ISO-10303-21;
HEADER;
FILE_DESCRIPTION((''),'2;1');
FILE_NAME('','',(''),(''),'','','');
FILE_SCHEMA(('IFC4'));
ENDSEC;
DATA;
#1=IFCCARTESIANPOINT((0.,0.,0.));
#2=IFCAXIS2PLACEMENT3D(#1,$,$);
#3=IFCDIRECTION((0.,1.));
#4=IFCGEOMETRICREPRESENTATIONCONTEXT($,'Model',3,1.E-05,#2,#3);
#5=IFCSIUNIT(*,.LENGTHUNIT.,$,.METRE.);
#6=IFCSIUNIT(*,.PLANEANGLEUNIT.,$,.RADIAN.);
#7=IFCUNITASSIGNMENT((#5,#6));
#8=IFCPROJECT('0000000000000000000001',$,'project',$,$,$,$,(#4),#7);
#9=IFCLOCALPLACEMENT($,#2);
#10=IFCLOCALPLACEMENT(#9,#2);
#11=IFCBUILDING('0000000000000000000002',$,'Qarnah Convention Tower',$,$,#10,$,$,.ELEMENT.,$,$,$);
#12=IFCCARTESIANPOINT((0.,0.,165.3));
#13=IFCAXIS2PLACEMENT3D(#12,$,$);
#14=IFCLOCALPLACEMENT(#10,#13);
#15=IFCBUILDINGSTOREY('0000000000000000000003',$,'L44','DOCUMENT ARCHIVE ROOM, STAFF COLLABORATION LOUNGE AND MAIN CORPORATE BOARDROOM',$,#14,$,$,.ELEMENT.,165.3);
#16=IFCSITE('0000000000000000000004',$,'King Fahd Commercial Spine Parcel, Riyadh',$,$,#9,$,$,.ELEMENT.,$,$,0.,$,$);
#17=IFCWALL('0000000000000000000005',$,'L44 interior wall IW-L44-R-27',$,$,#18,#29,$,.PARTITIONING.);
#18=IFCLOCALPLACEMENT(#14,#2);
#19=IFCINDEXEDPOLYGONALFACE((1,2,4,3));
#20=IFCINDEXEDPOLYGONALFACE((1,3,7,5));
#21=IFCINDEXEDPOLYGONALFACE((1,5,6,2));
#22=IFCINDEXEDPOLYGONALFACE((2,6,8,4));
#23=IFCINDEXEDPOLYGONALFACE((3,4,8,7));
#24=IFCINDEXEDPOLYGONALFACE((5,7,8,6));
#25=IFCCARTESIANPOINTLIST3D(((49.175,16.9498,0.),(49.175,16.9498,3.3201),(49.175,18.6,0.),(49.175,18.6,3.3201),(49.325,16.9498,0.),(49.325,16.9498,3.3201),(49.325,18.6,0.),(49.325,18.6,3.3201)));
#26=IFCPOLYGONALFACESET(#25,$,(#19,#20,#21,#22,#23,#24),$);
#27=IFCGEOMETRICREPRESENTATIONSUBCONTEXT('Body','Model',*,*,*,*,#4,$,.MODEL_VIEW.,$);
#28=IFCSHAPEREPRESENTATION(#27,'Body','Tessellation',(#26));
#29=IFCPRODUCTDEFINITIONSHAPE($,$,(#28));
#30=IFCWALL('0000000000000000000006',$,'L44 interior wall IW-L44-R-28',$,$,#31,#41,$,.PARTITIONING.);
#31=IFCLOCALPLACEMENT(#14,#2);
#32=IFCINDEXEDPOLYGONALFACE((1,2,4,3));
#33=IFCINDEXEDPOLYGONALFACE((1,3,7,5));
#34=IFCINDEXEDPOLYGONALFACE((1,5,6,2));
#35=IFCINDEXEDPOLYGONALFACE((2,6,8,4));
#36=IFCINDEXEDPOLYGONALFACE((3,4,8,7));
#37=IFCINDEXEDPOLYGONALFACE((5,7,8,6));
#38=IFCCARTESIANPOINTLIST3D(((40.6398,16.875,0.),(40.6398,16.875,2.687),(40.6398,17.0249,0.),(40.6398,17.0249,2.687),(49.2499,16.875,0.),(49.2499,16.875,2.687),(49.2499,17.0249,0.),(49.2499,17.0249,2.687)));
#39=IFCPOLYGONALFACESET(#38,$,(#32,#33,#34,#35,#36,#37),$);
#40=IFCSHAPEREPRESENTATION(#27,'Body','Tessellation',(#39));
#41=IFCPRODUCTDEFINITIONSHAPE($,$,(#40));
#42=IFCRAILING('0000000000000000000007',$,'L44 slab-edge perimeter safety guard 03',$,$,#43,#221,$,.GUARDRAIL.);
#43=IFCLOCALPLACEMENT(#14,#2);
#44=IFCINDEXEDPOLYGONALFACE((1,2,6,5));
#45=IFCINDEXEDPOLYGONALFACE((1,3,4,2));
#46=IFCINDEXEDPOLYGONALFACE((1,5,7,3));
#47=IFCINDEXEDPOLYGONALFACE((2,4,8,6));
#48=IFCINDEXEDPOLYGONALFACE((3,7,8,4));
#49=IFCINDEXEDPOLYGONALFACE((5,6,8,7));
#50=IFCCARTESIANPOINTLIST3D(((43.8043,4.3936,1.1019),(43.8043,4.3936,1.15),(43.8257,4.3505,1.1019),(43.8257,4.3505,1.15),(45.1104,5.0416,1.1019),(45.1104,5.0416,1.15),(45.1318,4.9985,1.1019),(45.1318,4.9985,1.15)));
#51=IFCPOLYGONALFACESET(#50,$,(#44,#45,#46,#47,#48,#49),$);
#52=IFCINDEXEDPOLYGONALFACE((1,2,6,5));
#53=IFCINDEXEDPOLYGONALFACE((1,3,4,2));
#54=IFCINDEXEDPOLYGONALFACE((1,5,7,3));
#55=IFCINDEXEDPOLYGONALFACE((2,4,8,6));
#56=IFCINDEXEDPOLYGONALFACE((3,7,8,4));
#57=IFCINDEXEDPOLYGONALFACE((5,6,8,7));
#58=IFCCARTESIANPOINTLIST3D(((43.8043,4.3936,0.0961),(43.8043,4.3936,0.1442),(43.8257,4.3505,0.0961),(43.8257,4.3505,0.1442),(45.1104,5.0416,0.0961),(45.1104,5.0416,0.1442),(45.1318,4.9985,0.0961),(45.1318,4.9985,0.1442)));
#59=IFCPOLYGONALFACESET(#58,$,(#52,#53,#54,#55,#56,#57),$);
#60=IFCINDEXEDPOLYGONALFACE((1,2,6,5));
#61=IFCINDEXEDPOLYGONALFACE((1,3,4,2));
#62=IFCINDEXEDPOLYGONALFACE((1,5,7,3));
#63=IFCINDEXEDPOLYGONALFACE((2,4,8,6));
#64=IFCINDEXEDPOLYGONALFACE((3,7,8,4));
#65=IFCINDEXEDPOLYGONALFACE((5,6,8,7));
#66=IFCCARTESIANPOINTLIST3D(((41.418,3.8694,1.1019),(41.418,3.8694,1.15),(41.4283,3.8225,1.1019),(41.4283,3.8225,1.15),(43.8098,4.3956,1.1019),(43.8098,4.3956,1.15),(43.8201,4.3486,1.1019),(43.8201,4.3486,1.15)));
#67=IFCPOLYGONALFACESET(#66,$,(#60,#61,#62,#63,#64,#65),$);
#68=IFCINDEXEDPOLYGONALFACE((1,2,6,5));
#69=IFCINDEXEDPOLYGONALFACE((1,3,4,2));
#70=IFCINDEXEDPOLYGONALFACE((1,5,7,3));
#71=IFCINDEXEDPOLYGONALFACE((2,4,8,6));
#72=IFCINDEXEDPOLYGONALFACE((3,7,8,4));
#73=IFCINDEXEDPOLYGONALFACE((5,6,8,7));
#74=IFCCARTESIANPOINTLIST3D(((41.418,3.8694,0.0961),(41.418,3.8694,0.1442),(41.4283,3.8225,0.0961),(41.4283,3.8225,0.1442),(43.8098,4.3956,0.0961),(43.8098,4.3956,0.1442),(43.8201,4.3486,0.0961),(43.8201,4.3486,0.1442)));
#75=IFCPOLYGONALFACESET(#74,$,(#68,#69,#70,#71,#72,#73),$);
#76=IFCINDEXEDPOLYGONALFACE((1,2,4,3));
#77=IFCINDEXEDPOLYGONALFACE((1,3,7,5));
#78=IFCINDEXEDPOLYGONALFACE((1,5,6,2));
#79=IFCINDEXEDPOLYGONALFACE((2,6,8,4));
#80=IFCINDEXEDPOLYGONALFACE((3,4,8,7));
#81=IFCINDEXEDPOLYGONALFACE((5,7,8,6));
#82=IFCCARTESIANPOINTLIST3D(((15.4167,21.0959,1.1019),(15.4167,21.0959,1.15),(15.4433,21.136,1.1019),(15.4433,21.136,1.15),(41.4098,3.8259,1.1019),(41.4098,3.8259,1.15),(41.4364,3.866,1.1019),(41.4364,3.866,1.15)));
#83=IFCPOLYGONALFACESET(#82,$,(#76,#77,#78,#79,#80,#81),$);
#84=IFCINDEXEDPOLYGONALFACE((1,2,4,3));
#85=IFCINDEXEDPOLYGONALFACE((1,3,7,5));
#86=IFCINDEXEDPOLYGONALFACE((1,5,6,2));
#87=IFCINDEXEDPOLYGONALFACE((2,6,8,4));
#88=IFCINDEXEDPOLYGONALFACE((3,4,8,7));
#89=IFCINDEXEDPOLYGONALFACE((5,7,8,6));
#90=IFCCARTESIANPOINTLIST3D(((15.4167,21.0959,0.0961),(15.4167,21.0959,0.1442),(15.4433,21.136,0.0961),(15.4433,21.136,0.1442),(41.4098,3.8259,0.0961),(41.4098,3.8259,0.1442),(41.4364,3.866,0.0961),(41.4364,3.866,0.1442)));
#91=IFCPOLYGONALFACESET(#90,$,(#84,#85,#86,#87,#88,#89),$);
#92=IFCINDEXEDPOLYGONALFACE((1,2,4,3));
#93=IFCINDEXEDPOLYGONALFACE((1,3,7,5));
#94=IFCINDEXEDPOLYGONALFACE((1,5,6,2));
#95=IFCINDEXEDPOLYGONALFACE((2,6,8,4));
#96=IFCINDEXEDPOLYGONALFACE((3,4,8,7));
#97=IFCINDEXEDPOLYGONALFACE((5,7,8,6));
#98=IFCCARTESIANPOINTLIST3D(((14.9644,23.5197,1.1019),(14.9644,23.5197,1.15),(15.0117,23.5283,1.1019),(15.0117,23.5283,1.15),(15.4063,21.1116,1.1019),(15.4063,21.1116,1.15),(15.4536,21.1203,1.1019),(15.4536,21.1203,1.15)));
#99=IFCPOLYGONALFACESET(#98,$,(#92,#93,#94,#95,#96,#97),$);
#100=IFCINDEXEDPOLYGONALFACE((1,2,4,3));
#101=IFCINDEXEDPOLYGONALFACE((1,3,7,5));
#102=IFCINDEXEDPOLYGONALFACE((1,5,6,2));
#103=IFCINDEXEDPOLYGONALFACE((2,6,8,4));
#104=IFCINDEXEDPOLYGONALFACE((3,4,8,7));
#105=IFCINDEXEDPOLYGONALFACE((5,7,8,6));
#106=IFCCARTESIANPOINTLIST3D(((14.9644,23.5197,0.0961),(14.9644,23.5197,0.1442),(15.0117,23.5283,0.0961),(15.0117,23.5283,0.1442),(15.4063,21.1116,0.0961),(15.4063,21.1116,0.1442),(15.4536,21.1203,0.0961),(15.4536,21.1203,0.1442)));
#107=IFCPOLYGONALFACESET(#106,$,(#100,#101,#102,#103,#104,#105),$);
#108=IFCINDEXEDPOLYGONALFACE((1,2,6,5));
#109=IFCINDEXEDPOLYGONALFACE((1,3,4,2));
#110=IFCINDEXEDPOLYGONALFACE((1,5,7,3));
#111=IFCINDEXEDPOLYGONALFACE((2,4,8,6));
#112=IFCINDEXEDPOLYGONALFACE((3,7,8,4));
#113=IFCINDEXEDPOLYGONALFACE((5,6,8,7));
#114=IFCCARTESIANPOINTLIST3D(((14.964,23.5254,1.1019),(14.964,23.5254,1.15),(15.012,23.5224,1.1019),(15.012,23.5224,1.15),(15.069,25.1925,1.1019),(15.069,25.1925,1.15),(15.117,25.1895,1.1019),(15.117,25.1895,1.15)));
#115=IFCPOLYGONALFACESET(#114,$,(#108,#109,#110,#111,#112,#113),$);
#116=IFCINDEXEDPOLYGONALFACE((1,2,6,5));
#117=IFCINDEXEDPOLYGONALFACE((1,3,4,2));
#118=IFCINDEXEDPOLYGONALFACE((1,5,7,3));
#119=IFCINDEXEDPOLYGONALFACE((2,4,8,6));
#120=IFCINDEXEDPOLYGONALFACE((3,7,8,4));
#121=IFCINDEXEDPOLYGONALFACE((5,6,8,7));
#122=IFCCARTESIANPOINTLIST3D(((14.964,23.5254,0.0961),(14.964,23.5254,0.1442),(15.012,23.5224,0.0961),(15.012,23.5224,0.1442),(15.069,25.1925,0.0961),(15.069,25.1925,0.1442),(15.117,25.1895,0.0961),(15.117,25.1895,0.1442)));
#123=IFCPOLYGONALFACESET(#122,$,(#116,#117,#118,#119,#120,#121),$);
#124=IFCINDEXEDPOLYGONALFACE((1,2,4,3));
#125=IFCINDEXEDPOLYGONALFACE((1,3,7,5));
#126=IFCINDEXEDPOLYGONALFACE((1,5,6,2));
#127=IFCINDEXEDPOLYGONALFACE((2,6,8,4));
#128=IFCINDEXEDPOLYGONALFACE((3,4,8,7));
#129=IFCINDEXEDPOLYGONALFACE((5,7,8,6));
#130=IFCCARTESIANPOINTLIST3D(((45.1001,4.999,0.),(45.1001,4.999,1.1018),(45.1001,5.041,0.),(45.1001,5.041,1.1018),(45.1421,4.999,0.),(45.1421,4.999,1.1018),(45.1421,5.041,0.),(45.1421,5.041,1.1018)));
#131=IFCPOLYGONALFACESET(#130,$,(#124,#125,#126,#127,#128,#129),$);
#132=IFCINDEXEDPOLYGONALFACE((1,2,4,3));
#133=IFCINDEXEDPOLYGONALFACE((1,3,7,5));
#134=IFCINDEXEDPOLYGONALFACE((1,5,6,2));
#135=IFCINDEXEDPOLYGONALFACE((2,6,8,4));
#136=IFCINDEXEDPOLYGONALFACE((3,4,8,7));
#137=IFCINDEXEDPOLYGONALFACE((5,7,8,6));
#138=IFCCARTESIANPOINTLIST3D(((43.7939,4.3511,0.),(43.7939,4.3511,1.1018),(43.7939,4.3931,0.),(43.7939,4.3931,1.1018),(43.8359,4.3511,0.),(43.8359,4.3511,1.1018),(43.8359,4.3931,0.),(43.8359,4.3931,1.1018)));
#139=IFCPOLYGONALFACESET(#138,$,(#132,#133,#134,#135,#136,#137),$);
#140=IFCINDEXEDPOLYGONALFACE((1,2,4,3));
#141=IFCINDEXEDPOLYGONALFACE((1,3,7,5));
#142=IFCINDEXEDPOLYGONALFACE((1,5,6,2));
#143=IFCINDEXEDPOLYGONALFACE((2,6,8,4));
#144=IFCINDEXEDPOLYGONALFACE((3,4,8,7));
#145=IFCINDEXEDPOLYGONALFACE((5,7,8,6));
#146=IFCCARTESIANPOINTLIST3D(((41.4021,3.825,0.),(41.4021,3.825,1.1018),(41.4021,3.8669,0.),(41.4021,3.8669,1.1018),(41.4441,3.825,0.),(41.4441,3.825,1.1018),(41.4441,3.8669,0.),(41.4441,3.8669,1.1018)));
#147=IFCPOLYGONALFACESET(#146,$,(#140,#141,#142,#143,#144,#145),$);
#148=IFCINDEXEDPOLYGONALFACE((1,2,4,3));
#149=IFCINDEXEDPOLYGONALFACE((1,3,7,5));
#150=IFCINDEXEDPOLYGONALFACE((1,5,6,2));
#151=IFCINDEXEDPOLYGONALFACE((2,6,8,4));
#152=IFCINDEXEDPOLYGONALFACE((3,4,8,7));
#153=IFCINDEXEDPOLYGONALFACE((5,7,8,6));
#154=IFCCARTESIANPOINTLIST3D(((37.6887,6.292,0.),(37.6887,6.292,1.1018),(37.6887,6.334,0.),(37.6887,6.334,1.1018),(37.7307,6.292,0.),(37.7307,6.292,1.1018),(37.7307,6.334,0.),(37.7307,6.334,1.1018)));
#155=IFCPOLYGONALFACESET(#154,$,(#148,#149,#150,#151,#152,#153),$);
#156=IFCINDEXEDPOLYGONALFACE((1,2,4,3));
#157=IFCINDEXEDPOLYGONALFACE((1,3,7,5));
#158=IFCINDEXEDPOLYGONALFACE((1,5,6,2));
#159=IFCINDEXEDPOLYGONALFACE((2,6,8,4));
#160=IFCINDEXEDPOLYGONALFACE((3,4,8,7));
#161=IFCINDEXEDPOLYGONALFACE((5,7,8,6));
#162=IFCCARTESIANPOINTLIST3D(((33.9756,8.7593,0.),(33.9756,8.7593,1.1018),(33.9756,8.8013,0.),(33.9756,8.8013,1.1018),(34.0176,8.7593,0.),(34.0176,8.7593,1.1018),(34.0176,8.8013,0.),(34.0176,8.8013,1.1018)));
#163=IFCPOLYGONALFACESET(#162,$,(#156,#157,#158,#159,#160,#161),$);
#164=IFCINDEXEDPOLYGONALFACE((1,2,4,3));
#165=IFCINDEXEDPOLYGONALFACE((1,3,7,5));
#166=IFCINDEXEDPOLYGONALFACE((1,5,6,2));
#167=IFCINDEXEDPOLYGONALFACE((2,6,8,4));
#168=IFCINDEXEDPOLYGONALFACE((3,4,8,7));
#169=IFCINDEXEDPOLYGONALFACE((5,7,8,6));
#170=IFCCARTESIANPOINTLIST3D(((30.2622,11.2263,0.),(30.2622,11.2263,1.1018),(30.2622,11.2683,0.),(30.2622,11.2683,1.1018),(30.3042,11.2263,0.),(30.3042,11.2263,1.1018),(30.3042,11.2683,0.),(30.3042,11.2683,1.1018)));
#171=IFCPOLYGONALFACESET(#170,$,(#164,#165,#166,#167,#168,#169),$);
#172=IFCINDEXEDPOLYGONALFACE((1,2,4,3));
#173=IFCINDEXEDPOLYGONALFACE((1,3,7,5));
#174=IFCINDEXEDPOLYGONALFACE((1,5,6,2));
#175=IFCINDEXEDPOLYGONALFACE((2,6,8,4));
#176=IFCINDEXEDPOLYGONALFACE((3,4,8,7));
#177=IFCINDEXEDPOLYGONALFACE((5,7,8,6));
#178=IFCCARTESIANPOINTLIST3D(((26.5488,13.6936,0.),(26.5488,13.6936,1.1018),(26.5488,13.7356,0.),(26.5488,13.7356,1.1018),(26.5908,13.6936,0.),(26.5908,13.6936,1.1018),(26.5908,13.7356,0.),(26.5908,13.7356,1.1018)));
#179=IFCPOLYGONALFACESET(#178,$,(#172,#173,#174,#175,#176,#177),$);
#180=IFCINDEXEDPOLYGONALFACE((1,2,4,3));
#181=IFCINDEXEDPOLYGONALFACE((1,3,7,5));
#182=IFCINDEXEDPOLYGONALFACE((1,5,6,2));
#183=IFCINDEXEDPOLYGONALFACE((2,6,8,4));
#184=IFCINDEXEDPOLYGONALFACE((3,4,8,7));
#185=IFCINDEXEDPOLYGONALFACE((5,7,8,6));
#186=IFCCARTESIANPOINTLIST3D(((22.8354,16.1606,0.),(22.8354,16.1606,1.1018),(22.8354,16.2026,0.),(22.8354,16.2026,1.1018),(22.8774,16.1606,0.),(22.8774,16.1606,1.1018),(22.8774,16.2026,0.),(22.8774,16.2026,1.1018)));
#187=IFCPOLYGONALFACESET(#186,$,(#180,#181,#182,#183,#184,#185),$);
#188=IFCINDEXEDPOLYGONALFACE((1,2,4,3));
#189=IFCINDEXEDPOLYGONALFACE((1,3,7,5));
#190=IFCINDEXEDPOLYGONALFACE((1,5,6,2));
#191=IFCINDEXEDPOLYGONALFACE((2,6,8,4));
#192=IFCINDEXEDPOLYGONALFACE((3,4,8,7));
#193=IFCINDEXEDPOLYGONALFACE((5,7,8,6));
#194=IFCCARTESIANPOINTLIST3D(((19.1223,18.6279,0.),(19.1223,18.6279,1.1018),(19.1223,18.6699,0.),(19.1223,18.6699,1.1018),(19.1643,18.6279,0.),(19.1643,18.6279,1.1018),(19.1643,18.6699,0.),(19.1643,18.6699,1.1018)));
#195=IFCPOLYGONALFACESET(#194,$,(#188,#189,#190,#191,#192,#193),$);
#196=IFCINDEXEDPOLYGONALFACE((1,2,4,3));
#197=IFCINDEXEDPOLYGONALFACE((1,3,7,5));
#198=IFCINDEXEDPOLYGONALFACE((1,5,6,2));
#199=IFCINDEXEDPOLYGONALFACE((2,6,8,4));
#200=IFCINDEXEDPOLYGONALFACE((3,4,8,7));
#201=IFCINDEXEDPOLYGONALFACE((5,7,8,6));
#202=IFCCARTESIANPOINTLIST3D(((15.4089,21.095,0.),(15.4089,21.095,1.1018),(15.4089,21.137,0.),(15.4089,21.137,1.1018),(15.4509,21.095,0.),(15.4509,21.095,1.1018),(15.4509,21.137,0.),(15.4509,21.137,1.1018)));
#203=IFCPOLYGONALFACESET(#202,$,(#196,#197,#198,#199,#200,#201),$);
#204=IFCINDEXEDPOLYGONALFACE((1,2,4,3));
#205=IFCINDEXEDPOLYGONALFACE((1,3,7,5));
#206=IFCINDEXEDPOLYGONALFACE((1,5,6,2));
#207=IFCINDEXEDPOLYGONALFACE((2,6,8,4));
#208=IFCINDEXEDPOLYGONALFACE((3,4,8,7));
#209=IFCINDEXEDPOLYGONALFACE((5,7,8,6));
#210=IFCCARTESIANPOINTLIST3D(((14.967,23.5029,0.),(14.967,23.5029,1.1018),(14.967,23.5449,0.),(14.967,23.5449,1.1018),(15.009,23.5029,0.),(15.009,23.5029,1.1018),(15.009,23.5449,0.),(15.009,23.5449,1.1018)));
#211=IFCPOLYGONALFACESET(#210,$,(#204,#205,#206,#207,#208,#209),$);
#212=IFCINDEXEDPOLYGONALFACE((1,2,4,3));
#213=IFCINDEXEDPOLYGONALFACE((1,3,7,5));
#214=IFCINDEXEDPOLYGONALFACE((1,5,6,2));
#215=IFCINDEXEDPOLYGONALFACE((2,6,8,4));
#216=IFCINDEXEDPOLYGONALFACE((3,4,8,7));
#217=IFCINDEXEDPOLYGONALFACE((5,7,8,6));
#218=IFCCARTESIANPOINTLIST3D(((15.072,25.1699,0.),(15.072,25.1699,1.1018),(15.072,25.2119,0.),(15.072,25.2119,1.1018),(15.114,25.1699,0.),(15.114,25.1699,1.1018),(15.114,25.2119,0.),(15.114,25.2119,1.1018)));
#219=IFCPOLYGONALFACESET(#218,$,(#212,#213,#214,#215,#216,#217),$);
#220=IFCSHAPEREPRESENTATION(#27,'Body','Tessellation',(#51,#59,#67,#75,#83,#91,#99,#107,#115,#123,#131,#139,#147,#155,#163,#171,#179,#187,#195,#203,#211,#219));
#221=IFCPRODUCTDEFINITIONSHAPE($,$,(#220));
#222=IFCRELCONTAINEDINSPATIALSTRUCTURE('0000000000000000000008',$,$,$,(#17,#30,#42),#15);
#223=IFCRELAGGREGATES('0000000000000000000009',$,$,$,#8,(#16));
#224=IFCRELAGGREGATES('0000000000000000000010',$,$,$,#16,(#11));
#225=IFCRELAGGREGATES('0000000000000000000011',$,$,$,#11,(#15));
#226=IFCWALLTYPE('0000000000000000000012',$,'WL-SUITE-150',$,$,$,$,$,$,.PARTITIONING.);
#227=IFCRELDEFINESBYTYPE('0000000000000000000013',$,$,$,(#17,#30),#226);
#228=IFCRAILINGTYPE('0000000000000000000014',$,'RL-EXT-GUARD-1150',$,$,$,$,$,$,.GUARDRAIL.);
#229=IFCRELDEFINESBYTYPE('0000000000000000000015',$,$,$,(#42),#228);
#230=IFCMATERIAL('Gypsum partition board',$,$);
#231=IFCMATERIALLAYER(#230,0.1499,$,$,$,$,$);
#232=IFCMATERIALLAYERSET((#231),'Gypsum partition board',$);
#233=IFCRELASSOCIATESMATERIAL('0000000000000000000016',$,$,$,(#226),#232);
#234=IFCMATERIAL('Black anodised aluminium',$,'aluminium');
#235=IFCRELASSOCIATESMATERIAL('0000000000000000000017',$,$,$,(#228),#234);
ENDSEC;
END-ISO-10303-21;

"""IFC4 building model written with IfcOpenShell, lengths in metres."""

from ifc_helpers import new_model, si_unit, direction, frame, frame_2d, origin, origin_2d, place, context, subcontext, project, spatial, rectangle, extrude, material, layer, layer_set, type_object, element, save


model = new_model("IFC4")

# Units and contexts
model_context = context("Model", 3, precision=1e-05, world=origin(), true_north=direction((0.0, 1.0)))
body_context = subcontext(model_context, "Body", "Model", "MODEL_VIEW")
ifc_project = project(units=[si_unit("LENGTHUNIT", "METRE"), si_unit("PLANEANGLEUNIT", "RADIAN")], contexts=[model_context])

# Site, building, storey
site_placement = place(None, origin())
site = spatial("IfcSite", under=ifc_project, at=site_placement, Name="King Fahd Commercial Spine Parcel, Riyadh", CompositionType="ELEMENT", RefElevation=0.0)
building_placement = place(site_placement, origin())
building = spatial("IfcBuilding", under=site, at=building_placement, Name="Qarnah Convention Tower", CompositionType="ELEMENT")
storey_placement = place(building_placement, frame((0.0, 0.0, 165.3)))
storey = spatial("IfcBuildingStorey", under=building, at=storey_placement, Name="L44", Description="DOCUMENT ARCHIVE ROOM, STAFF COLLABORATION LOUNGE AND MAIN CORPORATE BOARDROOM", CompositionType="ELEMENT", Elevation=165.3)

# Shared definitions
ifc_material_1 = material(Name="Black anodised aluminium", Category="aluminium")

# Shared definitions
ifc_material_2 = material(Name="Gypsum partition board")
ifc_layer_1 = layer(ifc_material_2, 0.1499)
ifc_layer_set_1 = layer_set([ifc_layer_1], Name="Gypsum partition board")
wall_type_1 = type_object("IfcWallType", Name="WL-SUITE-150", PredefinedType="PARTITIONING", material=ifc_layer_set_1)

# Walls
wall_1_placement = place(storey_placement, frame((49.25, 18.6001, 0.0), z_axis=(0.0, 0.0, 1.0), x_axis=(0.0, -1.0, 0.0)))
element("IfcWall", 1, at=wall_1_placement, inside=storey, type_object=wall_type_1, Name="L44 interior wall IW-L44-R-27", PredefinedType="PARTITIONING", context=body_context, shape_type="SweptSolid", body=[
    extrude(rectangle(XDim=1.6501, YDim=0.1499, at=frame_2d((0.8252, 0.0))), origin(), (0.0, 0.0, 1.0), 3.3201),
])
wall_2_placement = place(storey_placement, frame((49.25, 16.95, 0.0), z_axis=(0.0, 0.0, 1.0), x_axis=(-1.0, 0.0, 0.0)))
element("IfcWall", 2, at=wall_2_placement, inside=storey, type_object=wall_type_1, Name="L44 interior wall IW-L44-R-28", PredefinedType="PARTITIONING", context=body_context, shape_type="SweptSolid", body=[
    extrude(rectangle(XDim=8.6101, YDim=0.1499, at=frame_2d((4.3052, 0.0))), origin(), (0.0, 0.0, 1.0), 2.687),
])

# Railing
railing_type = type_object("IfcRailingType", Name="RL-EXT-GUARD-1150", PredefinedType="GUARDRAIL", material=ifc_material_1)
railing_1_placement = place(storey_placement, frame((45.1211, 5.02, 0.0)))
element("IfcRailing", 3, at=railing_1_placement, inside=storey, type_object=railing_type, Name="L44 slab-edge perimeter safety guard 03", PredefinedType="GUARDRAIL", context=body_context, shape_type="SweptSolid", body=[
    extrude(rectangle(XDim=0.0481, YDim=0.0481, at=origin_2d()), frame((0.0, 0.0, 1.126), z_axis=(-0.895829, -0.444398, 0.0), x_axis=(0.444398, -0.895829, 0.0)), (0.0, 0.0, 1.0), 1.458),
    extrude(rectangle(XDim=0.0481, YDim=0.0481, at=origin_2d()), frame((0.0, 0.0, 0.1201), z_axis=(-0.895829, -0.444398, 0.0), x_axis=(0.444398, -0.895829, 0.0)), (0.0, 0.0, 1.0), 1.458),
    extrude(rectangle(XDim=0.0481, YDim=0.0481, at=origin_2d()), frame((-1.3062, -0.6479, 1.126), z_axis=(-0.976652, -0.214829, 0.0), x_axis=(0.214829, -0.976652, 0.0)), (0.0, 0.0, 1.0), 2.449),
    extrude(rectangle(XDim=0.0481, YDim=0.0481, at=origin_2d()), frame((-1.3062, -0.6479, 0.1201), z_axis=(-0.976652, -0.214829, 0.0), x_axis=(0.214829, -0.976652, 0.0)), (0.0, 0.0, 1.0), 2.449),
    extrude(rectangle(XDim=0.0481, YDim=0.0481, at=origin_2d()), frame((-3.698, -1.1741, 1.126), z_axis=(-0.832918, 0.553396, 0.0), x_axis=(-0.553396, -0.832918, 0.0)), (0.0, 0.0, 1.0), 31.2073),
    extrude(rectangle(XDim=0.0481, YDim=0.0481, at=origin_2d()), frame((-3.698, -1.1741, 0.1201), z_axis=(-0.832918, 0.553396, 0.0), x_axis=(-0.553396, -0.832918, 0.0)), (0.0, 0.0, 1.0), 31.2073),
    extrude(rectangle(XDim=0.0481, YDim=0.0481, at=origin_2d()), frame((-29.6912, 16.0959, 1.126), z_axis=(-0.1805, 0.983575, 0.0), x_axis=(-0.983575, -0.1805, 0.0)), (0.0, 0.0, 1.0), 2.4482),
    extrude(rectangle(XDim=0.0481, YDim=0.0481, at=origin_2d()), frame((-29.6912, 16.0959, 0.1201), z_axis=(-0.1805, 0.983575, 0.0), x_axis=(-0.983575, -0.1805, 0.0)), (0.0, 0.0, 1.0), 2.4482),
    extrude(rectangle(XDim=0.0481, YDim=0.0481, at=origin_2d()), frame((-30.1331, 18.5039, 1.126), z_axis=(0.062851, 0.998023, 0.0), x_axis=(-0.998023, 0.062851, 0.0)), (0.0, 0.0, 1.0), 1.6704),
    extrude(rectangle(XDim=0.0481, YDim=0.0481, at=origin_2d()), frame((-30.1331, 18.5039, 0.1201), z_axis=(0.062851, 0.998023, 0.0), x_axis=(-0.998023, 0.062851, 0.0)), (0.0, 0.0, 1.0), 1.6704),
    extrude(rectangle(XDim=0.042, YDim=0.042, at=origin_2d()), origin(), (0.0, 0.0, 1.0), 1.1018),
    extrude(rectangle(XDim=0.042, YDim=0.042, at=origin_2d()), frame((-1.3062, -0.6479, 0.0)), (0.0, 0.0, 1.0), 1.1018),
    extrude(rectangle(XDim=0.042, YDim=0.042, at=origin_2d()), frame((-3.698, -1.1741, 0.0)), (0.0, 0.0, 1.0), 1.1018),
    extrude(rectangle(XDim=0.042, YDim=0.042, at=origin_2d()), frame((-7.4114, 1.293, 0.0)), (0.0, 0.0, 1.0), 1.1018),
    extrude(rectangle(XDim=0.042, YDim=0.042, at=origin_2d()), frame((-11.1245, 3.7603, 0.0)), (0.0, 0.0, 1.0), 1.1018),
    extrude(rectangle(XDim=0.042, YDim=0.042, at=origin_2d()), frame((-14.8379, 6.2273, 0.0)), (0.0, 0.0, 1.0), 1.1018),
    extrude(rectangle(XDim=0.042, YDim=0.042, at=origin_2d()), frame((-18.5513, 8.6946, 0.0)), (0.0, 0.0, 1.0), 1.1018),
    extrude(rectangle(XDim=0.042, YDim=0.042, at=origin_2d()), frame((-22.2646, 11.1616, 0.0)), (0.0, 0.0, 1.0), 1.1018),
    extrude(rectangle(XDim=0.042, YDim=0.042, at=origin_2d()), frame((-25.9778, 13.6289, 0.0)), (0.0, 0.0, 1.0), 1.1018),
    extrude(rectangle(XDim=0.042, YDim=0.042, at=origin_2d()), frame((-29.6912, 16.0959, 0.0)), (0.0, 0.0, 1.0), 1.1018),
    extrude(rectangle(XDim=0.042, YDim=0.042, at=origin_2d()), frame((-30.1331, 18.5039, 0.0)), (0.0, 0.0, 1.0), 1.1018),
    extrude(rectangle(XDim=0.042, YDim=0.042, at=origin_2d()), frame((-30.0281, 20.1709, 0.0)), (0.0, 0.0, 1.0), 1.1018),
])

save(model, "model.ifc")
